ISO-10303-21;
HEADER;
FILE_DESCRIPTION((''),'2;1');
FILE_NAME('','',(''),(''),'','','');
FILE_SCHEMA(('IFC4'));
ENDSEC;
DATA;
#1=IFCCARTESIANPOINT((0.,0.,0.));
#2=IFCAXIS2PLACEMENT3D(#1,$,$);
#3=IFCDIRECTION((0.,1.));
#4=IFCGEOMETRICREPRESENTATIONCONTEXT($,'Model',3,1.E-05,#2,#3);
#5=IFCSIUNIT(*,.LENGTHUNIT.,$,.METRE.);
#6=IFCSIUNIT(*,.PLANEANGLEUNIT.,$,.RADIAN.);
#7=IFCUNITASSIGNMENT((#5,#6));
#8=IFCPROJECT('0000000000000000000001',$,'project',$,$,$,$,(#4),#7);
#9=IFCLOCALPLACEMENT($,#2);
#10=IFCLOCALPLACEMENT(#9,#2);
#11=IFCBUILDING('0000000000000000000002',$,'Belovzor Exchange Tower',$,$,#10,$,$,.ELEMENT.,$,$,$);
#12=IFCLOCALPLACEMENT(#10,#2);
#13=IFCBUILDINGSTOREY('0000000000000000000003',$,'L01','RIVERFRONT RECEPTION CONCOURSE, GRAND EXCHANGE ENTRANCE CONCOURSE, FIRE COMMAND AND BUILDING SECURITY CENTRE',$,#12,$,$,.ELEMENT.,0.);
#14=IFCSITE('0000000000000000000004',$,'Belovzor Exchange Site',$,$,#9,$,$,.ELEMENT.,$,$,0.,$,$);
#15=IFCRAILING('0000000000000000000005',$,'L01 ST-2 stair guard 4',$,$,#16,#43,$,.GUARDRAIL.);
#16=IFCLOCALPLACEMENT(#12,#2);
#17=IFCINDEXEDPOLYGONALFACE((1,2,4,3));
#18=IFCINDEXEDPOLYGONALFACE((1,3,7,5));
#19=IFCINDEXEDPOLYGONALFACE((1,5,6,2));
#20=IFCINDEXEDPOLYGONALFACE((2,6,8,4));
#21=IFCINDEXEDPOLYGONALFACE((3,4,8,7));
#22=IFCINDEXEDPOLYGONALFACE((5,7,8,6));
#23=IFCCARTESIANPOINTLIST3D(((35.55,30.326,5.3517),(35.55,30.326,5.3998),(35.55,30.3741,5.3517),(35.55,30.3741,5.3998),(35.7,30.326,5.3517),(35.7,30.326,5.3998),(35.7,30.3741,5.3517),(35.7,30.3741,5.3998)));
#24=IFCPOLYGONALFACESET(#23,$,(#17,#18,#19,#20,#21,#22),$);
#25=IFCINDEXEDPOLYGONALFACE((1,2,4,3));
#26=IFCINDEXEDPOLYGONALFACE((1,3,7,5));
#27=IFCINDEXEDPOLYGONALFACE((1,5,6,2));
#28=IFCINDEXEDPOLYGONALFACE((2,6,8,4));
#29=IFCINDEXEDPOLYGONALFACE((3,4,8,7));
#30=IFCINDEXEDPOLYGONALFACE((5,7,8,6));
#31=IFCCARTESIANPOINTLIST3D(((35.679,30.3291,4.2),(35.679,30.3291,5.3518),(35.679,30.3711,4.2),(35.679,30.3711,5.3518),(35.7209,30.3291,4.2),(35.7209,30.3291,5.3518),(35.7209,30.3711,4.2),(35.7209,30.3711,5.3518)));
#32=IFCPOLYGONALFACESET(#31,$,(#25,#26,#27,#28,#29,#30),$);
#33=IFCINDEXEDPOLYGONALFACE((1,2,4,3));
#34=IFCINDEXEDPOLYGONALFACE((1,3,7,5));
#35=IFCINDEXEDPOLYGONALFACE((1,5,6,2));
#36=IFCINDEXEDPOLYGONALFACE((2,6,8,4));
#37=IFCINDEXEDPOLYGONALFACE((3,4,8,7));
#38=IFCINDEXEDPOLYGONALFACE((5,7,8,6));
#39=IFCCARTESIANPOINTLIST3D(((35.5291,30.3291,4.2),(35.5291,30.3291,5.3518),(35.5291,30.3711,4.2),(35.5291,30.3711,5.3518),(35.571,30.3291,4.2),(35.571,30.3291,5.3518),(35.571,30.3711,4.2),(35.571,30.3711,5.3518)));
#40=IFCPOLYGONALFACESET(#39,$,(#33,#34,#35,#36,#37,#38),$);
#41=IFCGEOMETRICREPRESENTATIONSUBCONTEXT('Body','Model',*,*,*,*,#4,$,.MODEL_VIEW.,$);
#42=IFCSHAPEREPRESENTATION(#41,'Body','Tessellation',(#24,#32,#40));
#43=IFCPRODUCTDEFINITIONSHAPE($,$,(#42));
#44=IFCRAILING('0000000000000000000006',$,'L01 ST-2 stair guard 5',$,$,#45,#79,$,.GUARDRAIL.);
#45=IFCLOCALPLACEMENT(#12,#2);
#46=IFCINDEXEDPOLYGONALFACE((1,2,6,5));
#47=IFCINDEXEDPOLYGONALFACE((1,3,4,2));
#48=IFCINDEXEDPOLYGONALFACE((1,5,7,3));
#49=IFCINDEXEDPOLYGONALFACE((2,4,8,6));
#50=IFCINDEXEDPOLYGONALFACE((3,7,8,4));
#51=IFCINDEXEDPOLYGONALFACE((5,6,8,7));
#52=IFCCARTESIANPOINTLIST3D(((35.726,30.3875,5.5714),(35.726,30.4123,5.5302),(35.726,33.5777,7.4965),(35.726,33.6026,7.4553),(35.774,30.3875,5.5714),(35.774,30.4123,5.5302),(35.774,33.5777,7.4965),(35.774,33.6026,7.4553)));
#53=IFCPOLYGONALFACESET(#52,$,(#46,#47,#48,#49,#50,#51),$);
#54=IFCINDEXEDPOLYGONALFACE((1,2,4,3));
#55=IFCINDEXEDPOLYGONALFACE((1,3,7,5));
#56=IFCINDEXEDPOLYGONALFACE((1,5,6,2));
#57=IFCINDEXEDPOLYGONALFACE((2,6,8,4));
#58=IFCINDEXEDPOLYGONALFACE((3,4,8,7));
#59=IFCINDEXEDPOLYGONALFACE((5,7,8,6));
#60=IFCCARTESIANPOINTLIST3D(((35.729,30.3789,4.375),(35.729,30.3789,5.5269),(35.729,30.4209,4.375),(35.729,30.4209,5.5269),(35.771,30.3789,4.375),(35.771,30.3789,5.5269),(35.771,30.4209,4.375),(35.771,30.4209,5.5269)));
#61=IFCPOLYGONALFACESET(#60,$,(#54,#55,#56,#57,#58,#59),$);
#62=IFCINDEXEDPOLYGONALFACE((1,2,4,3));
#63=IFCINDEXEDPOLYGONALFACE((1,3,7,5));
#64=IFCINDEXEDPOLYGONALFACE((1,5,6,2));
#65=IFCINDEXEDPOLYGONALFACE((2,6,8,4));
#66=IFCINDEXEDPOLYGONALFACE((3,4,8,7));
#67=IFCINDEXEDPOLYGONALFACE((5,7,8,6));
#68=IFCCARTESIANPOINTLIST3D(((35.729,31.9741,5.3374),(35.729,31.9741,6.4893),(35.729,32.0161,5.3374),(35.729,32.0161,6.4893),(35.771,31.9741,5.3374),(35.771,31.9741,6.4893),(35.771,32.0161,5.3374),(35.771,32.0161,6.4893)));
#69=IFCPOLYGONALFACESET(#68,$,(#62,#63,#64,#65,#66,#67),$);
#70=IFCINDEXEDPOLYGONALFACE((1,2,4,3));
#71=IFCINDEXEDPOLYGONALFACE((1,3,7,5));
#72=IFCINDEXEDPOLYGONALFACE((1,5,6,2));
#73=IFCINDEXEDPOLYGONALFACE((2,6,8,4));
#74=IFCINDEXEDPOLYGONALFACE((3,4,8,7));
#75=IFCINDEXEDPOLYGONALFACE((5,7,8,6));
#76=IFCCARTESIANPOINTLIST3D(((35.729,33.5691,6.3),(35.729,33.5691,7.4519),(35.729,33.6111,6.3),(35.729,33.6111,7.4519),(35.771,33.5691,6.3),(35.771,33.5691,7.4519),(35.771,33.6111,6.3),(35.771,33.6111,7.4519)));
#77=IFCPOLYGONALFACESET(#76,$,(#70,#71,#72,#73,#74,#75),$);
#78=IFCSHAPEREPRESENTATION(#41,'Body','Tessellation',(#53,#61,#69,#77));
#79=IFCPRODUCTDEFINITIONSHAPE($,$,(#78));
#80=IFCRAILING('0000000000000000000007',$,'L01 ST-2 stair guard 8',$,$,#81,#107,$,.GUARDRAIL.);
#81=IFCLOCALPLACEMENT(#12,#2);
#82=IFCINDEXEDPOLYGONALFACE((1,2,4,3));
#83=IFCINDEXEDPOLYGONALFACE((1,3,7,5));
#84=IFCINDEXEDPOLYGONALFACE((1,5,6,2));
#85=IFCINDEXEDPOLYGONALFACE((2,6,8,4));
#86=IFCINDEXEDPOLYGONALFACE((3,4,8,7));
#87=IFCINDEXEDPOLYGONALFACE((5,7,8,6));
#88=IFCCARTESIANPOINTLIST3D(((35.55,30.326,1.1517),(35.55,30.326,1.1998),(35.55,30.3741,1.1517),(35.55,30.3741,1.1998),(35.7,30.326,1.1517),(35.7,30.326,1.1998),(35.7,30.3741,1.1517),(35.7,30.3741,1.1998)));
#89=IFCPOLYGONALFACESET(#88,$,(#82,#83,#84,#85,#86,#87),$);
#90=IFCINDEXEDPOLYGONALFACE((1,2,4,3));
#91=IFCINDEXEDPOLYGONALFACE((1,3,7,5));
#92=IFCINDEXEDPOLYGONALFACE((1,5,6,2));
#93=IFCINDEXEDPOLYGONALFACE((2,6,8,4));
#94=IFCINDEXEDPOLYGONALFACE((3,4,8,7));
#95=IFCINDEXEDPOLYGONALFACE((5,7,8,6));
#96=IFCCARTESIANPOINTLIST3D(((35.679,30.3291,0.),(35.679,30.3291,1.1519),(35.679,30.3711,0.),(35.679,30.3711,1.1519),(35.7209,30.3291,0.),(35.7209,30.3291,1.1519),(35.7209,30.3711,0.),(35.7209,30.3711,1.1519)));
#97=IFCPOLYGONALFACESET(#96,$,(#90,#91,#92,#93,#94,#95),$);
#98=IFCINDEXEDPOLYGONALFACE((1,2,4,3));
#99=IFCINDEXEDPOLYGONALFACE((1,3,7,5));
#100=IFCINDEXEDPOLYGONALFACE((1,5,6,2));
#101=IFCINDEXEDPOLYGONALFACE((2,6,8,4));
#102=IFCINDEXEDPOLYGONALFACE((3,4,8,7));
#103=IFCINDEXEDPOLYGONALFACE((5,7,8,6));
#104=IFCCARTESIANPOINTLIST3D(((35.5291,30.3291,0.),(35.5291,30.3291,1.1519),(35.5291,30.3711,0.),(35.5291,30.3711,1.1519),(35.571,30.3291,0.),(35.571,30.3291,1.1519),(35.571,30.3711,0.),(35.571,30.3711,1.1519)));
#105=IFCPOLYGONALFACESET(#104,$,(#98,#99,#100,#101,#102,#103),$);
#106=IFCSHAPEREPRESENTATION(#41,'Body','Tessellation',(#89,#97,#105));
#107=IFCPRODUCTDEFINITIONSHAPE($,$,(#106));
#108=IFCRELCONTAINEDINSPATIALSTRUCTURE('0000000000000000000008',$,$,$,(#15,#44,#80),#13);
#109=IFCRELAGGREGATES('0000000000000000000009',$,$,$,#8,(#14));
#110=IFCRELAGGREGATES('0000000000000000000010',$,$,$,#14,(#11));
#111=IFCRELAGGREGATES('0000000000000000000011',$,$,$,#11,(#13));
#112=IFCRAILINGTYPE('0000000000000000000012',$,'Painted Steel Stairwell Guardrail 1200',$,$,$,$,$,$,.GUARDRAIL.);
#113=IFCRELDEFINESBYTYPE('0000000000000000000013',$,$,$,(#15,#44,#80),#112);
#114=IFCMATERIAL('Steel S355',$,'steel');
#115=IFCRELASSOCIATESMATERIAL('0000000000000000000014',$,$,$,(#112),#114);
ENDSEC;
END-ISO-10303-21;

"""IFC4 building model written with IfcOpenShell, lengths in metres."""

from ifc_helpers import new_model, si_unit, direction, frame, origin, origin_2d, place, context, subcontext, project, spatial, rectangle, extrude, material, type_object, element, save


model = new_model("IFC4")

# Units and contexts
model_context = context("Model", 3, precision=1e-05, world=origin(), true_north=direction((0.0, 1.0)))
body_context = subcontext(model_context, "Body", "Model", "MODEL_VIEW")
ifc_project = project(units=[si_unit("LENGTHUNIT", "METRE"), si_unit("PLANEANGLEUNIT", "RADIAN")], contexts=[model_context])

# Site, building, storey
site_placement = place(None, origin())
site = spatial("IfcSite", under=ifc_project, at=site_placement, Name="Belovzor Exchange Site", CompositionType="ELEMENT", RefElevation=0.0)
building_placement = place(site_placement, origin())
building = spatial("IfcBuilding", under=site, at=building_placement, Name="Belovzor Exchange Tower", CompositionType="ELEMENT")
storey_placement = place(building_placement, origin())
storey = spatial("IfcBuildingStorey", under=building, at=storey_placement, Name="L01", Description="RIVERFRONT RECEPTION CONCOURSE, GRAND EXCHANGE ENTRANCE CONCOURSE, FIRE COMMAND AND BUILDING SECURITY CENTRE", CompositionType="ELEMENT", Elevation=0.0)

# Railings
ifc_material_1 = material(Name="Steel S355", Category="steel")
railing_type_1 = type_object("IfcRailingType", Name="Painted Steel Stairwell Guardrail 1200", PredefinedType="GUARDRAIL", material=ifc_material_1)
railing_1_placement = place(storey_placement, frame((35.7, 30.3501, 4.2)))
element("IfcRailing", 1, at=railing_1_placement, inside=storey, type_object=railing_type_1, Name="L01 ST-2 stair guard 4", PredefinedType="GUARDRAIL", context=body_context, shape_type="SweptSolid", body=[
    extrude(rectangle(XDim=0.0481, YDim=0.0481, at=origin_2d()), frame((0.0, 0.0, 1.1758), z_axis=(-1.0, 0.0, 0.0), x_axis=(0.0, -1.0, 0.0)), (0.0, 0.0, 1.0), 0.1499),
    extrude(rectangle(XDim=0.042, YDim=0.042, at=origin_2d()), origin(), (0.0, 0.0, 1.0), 1.1519),
    extrude(rectangle(XDim=0.042, YDim=0.042, at=origin_2d()), frame((-0.1499, 0.0, 0.0)), (0.0, 0.0, 1.0), 1.1519),
])
railing_2_placement = place(storey_placement, frame((35.75, 30.3999, 4.375)))
element("IfcRailing", 2, at=railing_2_placement, inside=storey, type_object=railing_type_1, Name="L01 ST-2 stair guard 5", PredefinedType="GUARDRAIL", context=body_context, shape_type="SweptSolid", body=[
    extrude(rectangle(XDim=0.0481, YDim=0.0481, at=origin_2d()), frame((0.0, 0.0, 1.1758), z_axis=(0.0, 0.856195, 0.516653), x_axis=(-1.0, 0.0, 0.0)), (0.0, 0.0, 1.0), 3.7261),
    extrude(rectangle(XDim=0.042, YDim=0.042, at=origin_2d()), origin(), (0.0, 0.0, 1.0), 1.1519),
    extrude(rectangle(XDim=0.042, YDim=0.042, at=origin_2d()), frame((0.0, 1.5952, 0.9624)), (0.0, 0.0, 1.0), 1.1519),
    extrude(rectangle(XDim=0.042, YDim=0.042, at=origin_2d()), frame((0.0, 3.1902, 1.925)), (0.0, 0.0, 1.0), 1.1519),
])
railing_3_placement = place(storey_placement, frame((35.7, 30.3501, 0.0)))
element("IfcRailing", 3, at=railing_3_placement, inside=storey, type_object=railing_type_1, Name="L01 ST-2 stair guard 8", PredefinedType="GUARDRAIL", context=body_context, shape_type="SweptSolid", body=[
    extrude(rectangle(XDim=0.0481, YDim=0.0481, at=origin_2d()), frame((0.0, 0.0, 1.1758), z_axis=(-1.0, 0.0, 0.0), x_axis=(0.0, -1.0, 0.0)), (0.0, 0.0, 1.0), 0.1499),
    extrude(rectangle(XDim=0.042, YDim=0.042, at=origin_2d()), origin(), (0.0, 0.0, 1.0), 1.1519),
    extrude(rectangle(XDim=0.042, YDim=0.042, at=origin_2d()), frame((-0.1499, 0.0, 0.0)), (0.0, 0.0, 1.0), 1.1519),
])

save(model, "model.ifc")
